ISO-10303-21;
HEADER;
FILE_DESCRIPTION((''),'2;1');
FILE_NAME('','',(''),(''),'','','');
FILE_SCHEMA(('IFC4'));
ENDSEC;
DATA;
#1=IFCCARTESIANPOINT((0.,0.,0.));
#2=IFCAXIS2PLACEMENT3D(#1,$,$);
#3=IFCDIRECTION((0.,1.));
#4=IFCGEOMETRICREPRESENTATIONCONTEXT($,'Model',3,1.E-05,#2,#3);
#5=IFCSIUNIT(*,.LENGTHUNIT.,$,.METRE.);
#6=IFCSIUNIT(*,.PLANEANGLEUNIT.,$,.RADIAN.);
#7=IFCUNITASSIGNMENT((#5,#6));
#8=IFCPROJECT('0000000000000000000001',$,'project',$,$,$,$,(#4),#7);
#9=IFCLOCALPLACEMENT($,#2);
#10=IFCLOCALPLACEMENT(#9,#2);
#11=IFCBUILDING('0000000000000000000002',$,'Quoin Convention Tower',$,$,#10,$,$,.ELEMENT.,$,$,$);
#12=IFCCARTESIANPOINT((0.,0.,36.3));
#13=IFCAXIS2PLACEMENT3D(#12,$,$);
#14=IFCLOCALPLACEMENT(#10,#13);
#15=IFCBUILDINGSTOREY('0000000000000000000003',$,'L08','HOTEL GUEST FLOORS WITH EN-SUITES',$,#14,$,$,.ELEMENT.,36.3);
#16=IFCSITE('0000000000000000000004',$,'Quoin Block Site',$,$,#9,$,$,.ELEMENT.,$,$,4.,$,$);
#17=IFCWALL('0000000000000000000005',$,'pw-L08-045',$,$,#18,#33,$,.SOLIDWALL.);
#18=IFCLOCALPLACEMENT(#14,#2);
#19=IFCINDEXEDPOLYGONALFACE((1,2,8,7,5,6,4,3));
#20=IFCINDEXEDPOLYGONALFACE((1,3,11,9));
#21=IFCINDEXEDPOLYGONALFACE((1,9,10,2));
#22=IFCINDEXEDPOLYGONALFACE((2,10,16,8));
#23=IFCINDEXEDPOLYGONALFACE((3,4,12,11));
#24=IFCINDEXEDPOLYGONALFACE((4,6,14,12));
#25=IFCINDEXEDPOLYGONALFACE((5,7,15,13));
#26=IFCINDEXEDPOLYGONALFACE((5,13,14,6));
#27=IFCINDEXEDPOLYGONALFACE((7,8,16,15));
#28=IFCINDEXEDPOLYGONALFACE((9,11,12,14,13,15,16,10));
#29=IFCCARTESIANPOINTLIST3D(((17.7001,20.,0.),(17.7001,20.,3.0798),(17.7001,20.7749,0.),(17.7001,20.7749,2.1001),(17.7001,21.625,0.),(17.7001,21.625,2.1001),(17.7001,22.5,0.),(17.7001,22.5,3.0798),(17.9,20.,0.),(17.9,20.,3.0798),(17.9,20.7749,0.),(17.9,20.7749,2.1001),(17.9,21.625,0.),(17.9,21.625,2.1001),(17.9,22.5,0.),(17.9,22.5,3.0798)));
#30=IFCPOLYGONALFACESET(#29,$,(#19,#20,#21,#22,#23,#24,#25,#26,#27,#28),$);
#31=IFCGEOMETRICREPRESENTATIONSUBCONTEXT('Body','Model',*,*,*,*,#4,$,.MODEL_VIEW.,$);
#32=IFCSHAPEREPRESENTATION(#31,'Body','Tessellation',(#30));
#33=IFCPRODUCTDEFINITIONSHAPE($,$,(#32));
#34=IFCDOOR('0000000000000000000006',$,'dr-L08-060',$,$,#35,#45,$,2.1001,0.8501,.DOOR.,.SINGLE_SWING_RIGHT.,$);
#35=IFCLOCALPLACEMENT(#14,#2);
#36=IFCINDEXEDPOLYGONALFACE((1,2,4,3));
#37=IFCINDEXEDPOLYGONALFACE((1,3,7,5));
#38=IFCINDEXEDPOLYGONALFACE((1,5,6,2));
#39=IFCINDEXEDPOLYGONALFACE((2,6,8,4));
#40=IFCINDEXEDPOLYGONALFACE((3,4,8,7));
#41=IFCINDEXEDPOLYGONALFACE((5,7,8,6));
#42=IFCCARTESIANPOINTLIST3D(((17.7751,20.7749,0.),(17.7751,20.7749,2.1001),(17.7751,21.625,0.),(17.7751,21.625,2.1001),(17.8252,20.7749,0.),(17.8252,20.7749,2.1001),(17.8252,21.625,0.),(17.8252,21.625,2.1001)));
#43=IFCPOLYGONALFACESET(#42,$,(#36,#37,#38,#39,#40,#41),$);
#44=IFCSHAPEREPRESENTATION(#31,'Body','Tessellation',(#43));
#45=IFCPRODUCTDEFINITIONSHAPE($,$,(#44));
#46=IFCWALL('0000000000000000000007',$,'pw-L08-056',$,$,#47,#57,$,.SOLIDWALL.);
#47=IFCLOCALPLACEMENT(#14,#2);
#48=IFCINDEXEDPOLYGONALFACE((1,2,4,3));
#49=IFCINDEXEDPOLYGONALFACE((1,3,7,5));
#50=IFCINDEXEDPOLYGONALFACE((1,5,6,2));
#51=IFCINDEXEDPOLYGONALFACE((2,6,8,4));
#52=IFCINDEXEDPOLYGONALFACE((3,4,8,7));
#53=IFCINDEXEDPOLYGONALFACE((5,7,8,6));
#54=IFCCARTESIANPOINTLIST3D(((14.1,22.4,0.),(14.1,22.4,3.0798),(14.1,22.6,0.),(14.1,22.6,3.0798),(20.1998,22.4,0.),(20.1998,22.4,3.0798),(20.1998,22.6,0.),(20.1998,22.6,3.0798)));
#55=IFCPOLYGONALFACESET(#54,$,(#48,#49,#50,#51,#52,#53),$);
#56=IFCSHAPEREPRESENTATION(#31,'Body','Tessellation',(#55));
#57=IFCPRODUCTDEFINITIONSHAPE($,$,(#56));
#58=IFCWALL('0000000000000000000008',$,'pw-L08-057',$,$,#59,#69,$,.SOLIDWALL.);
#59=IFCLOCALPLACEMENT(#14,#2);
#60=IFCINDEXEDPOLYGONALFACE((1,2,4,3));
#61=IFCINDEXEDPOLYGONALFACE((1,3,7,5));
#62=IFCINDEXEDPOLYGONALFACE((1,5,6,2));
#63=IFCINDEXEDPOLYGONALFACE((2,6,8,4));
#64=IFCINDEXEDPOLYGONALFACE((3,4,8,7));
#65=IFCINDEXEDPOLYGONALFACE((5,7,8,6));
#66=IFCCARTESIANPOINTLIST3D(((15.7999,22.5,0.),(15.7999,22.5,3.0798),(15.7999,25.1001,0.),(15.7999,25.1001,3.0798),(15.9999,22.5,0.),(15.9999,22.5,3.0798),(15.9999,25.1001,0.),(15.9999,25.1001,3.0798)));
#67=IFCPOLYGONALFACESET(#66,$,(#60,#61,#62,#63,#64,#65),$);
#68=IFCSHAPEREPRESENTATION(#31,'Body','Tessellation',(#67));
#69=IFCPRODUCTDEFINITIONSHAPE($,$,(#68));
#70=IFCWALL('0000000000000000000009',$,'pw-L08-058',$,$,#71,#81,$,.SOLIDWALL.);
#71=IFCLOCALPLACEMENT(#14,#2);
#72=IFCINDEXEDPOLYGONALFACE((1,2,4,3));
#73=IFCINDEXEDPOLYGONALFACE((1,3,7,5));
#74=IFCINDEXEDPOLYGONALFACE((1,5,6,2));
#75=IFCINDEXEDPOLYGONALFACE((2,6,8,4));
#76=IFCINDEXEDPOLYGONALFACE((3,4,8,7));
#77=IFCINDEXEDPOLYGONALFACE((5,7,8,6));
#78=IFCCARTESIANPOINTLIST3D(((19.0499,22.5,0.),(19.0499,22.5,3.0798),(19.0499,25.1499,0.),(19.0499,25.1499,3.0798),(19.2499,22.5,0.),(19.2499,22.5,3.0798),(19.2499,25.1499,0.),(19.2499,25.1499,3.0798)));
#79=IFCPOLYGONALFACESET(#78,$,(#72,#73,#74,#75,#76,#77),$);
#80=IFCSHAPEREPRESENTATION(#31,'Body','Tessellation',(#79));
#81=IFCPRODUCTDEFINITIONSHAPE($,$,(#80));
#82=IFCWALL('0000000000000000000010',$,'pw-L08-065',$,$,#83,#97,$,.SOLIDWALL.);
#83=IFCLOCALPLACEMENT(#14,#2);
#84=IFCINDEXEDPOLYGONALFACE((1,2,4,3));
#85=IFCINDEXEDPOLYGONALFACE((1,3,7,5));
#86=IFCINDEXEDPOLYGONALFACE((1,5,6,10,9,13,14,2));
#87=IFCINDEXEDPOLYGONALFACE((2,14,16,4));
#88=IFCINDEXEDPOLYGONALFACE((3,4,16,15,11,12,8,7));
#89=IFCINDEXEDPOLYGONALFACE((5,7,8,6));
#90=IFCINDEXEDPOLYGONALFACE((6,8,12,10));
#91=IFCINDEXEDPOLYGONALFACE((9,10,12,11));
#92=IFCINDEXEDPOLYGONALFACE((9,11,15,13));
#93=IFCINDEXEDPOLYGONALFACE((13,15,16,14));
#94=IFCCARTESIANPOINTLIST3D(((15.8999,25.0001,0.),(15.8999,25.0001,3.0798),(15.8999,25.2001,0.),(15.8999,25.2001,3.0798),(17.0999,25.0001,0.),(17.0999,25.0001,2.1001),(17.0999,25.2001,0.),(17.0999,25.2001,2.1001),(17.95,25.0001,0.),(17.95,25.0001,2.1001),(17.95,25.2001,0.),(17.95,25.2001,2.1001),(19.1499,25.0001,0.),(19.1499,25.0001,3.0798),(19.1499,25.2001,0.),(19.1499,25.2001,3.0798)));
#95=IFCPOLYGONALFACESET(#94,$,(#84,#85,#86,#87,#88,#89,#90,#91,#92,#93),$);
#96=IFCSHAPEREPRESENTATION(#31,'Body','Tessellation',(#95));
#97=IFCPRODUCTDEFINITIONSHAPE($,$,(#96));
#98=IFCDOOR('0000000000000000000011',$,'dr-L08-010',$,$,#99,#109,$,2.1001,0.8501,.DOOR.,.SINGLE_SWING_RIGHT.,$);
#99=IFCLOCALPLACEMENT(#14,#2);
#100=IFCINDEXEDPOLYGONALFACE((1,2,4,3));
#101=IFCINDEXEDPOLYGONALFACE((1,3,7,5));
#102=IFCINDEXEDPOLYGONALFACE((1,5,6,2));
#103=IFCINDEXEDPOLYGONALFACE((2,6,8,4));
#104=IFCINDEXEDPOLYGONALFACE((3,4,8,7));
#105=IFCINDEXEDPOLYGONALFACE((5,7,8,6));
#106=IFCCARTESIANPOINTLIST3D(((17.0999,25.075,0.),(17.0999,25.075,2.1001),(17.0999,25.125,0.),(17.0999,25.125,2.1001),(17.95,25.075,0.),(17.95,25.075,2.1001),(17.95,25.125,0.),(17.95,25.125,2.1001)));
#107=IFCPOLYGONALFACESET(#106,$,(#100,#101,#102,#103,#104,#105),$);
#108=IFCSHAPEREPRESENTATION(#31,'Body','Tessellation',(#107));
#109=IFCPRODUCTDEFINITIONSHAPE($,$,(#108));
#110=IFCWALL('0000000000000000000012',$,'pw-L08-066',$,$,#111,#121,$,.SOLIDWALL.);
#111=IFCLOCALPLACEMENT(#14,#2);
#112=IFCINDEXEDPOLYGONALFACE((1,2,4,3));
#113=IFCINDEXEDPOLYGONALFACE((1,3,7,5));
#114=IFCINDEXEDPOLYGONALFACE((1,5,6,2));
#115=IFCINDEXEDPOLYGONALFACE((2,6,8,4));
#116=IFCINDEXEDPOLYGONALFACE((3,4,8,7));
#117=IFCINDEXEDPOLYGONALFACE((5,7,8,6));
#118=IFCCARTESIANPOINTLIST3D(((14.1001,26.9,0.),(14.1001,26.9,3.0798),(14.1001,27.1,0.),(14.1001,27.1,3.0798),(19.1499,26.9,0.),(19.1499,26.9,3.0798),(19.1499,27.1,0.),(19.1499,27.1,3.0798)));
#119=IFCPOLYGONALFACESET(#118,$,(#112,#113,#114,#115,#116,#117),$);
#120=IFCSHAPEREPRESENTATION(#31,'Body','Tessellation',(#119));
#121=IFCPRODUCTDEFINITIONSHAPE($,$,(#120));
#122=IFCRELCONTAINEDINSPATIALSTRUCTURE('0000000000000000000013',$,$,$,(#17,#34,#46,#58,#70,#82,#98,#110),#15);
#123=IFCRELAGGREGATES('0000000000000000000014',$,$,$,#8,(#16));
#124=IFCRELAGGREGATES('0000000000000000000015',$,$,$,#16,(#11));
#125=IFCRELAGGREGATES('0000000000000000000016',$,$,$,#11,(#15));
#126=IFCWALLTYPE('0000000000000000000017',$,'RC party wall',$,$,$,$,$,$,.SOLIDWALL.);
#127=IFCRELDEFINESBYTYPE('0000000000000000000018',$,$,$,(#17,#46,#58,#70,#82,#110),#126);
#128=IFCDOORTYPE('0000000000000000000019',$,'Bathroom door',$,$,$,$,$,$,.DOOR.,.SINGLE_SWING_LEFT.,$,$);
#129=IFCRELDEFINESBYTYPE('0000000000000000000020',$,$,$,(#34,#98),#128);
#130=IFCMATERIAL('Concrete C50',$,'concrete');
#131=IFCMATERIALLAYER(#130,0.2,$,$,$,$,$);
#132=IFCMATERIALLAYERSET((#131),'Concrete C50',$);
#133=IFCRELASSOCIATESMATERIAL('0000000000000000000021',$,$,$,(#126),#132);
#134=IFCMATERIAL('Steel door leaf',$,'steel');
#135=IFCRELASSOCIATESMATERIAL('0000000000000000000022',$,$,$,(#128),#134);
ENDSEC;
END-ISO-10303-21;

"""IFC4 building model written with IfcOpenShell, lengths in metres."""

from ifc_helpers import new_model, si_unit, direction, frame, frame_2d, origin, place, context, subcontext, project, spatial, rectangle, extrude, material, layer, layer_set, type_object, element, fill, save


model = new_model("IFC4")

# Units and contexts
model_context = context("Model", 3, precision=1e-05, world=origin(), true_north=direction((0.0, 1.0)))
body_context = subcontext(model_context, "Body", "Model", "MODEL_VIEW")
ifc_project = project(units=[si_unit("LENGTHUNIT", "METRE"), si_unit("PLANEANGLEUNIT", "RADIAN")], contexts=[model_context])

# Site, building, storey
site_placement = place(None, origin())
site = spatial("IfcSite", under=ifc_project, at=site_placement, Name="Quoin Block Site", CompositionType="ELEMENT", RefElevation=4.0)
building_placement = place(site_placement, origin())
building = spatial("IfcBuilding", under=site, at=building_placement, Name="Quoin Convention Tower", CompositionType="ELEMENT")
storey_placement = place(building_placement, frame((0.0, 0.0, 36.3)))
storey = spatial("IfcBuildingStorey", under=building, at=storey_placement, Name="L08", Description="HOTEL GUEST FLOORS WITH EN-SUITES", CompositionType="ELEMENT", Elevation=36.3)

# Shared definitions
ifc_material_1 = material(Name="Concrete C50", Category="concrete")

# Shared definitions
ifc_layer_1 = layer(ifc_material_1, 0.2)
ifc_layer_set_1 = layer_set([ifc_layer_1], Name="Concrete C50")
wall_type_1 = type_object("IfcWallType", Name="RC party wall", PredefinedType="SOLIDWALL", material=ifc_layer_set_1)

# Wall, opening, door
wall_1_placement = place(storey_placement, frame((17.8, 20.0, 0.0), z_axis=(0.0, 0.0, 1.0), x_axis=(0.0, 1.0, 0.0)))
wall_1 = element("IfcWall", 1, at=wall_1_placement, inside=storey, type_object=wall_type_1, Name="pw-L08-045", PredefinedType="SOLIDWALL", context=body_context, shape_type="SweptSolid", body=[
    extrude(rectangle(XDim=2.5, YDim=0.2, at=frame_2d((1.25, 0.0))), origin(), (0.0, 0.0, 1.0), 3.0798),
])
opening_1_placement = place(wall_1_placement, frame((0.7749, 0.0, 0.0)))
opening_1 = element("IfcOpeningElement", 2, at=opening_1_placement, cuts=wall_1, PredefinedType="OPENING", context=body_context, shape_type="SweptSolid", body=[
    extrude(rectangle(XDim=0.8501, YDim=2.1001, at=frame_2d((0.425, 1.05))), frame((0.0, 0.1099, 0.0), z_axis=(0.0, -1.0, 0.0), x_axis=(1.0, 0.0, 0.0)), (0.0, 0.0, 1.0), 0.22),
])
ifc_material_2 = material(Name="Steel door leaf", Category="steel")
door_type = type_object("IfcDoorType", Name="Bathroom door", OperationType="SINGLE_SWING_LEFT", PredefinedType="DOOR", material=ifc_material_2)
door_1_placement = place(opening_1_placement, origin())
door_1 = element("IfcDoor", 3, at=door_1_placement, inside=storey, type_object=door_type, Name="dr-L08-060", OperationType="SINGLE_SWING_RIGHT", OverallHeight=2.1001, OverallWidth=0.8501, PredefinedType="DOOR", context=body_context, shape_type="SweptSolid", body=[
    extrude(rectangle(XDim=0.8501, YDim=2.1001, at=frame_2d((0.425, 1.05))), frame((0.0, 0.0249, 0.0), z_axis=(0.0, -1.0, 0.0), x_axis=(1.0, 0.0, 0.0)), (0.0, 0.0, 1.0), 0.05),
])
fill(opening_1, door_1)

# Walls
wall_2_placement = place(storey_placement, frame((14.1001, 22.5, 0.0), z_axis=(0.0, 0.0, 1.0), x_axis=(1.0, 0.0, 0.0)))
element("IfcWall", 4, at=wall_2_placement, inside=storey, type_object=wall_type_1, Name="pw-L08-056", PredefinedType="SOLIDWALL", context=body_context, shape_type="SweptSolid", body=[
    extrude(rectangle(XDim=6.0999, YDim=0.2, at=frame_2d((3.0498, 0.0))), origin(), (0.0, 0.0, 1.0), 3.0798),
])
wall_3_placement = place(storey_placement, frame((15.8999, 22.5, 0.0), z_axis=(0.0, 0.0, 1.0), x_axis=(0.0, 1.0, 0.0)))
element("IfcWall", 5, at=wall_3_placement, inside=storey, type_object=wall_type_1, Name="pw-L08-057", PredefinedType="SOLIDWALL", context=body_context, shape_type="SweptSolid", body=[
    extrude(rectangle(XDim=2.6001, YDim=0.2, at=frame_2d((1.3, 0.0))), origin(), (0.0, 0.0, 1.0), 3.0798),
])
wall_4_placement = place(storey_placement, frame((19.1499, 22.5, 0.0), z_axis=(0.0, 0.0, 1.0), x_axis=(0.0, 1.0, 0.0)))
element("IfcWall", 6, at=wall_4_placement, inside=storey, type_object=wall_type_1, Name="pw-L08-058", PredefinedType="SOLIDWALL", context=body_context, shape_type="SweptSolid", body=[
    extrude(rectangle(XDim=2.6499, YDim=0.2, at=frame_2d((1.325, 0.0))), origin(), (0.0, 0.0, 1.0), 3.0798),
])

# Wall, opening, door
wall_5_placement = place(storey_placement, frame((15.8999, 25.1001, 0.0), z_axis=(0.0, 0.0, 1.0), x_axis=(1.0, 0.0, 0.0)))
wall_5 = element("IfcWall", 7, at=wall_5_placement, inside=storey, type_object=wall_type_1, Name="pw-L08-065", PredefinedType="SOLIDWALL", context=body_context, shape_type="SweptSolid", body=[
    extrude(rectangle(XDim=3.25, YDim=0.2, at=frame_2d((1.625, 0.0))), origin(), (0.0, 0.0, 1.0), 3.0798),
])
opening_2_placement = place(wall_5_placement, frame((1.2, 0.0, 0.0)))
opening_2 = element("IfcOpeningElement", 8, at=opening_2_placement, cuts=wall_5, PredefinedType="OPENING", context=body_context, shape_type="SweptSolid", body=[
    extrude(rectangle(XDim=0.8501, YDim=2.1001, at=frame_2d((0.425, 1.05))), frame((0.0, 0.1099, 0.0), z_axis=(0.0, -1.0, 0.0), x_axis=(1.0, 0.0, 0.0)), (0.0, 0.0, 1.0), 0.22),
])
door_2_placement = place(opening_2_placement, origin())
door_2 = element("IfcDoor", 9, at=door_2_placement, inside=storey, type_object=door_type, Name="dr-L08-010", OperationType="SINGLE_SWING_RIGHT", OverallHeight=2.1001, OverallWidth=0.8501, PredefinedType="DOOR", context=body_context, shape_type="SweptSolid", body=[
    extrude(rectangle(XDim=0.8501, YDim=2.1001, at=frame_2d((0.425, 1.05))), frame((0.0, 0.0249, 0.0), z_axis=(0.0, -1.0, 0.0), x_axis=(1.0, 0.0, 0.0)), (0.0, 0.0, 1.0), 0.05),
])
fill(opening_2, door_2)

# Wall
wall_6_placement = place(storey_placement, frame((14.1001, 27.0, 0.0), z_axis=(0.0, 0.0, 1.0), x_axis=(1.0, 0.0, 0.0)))
element("IfcWall", 10, at=wall_6_placement, inside=storey, type_object=wall_type_1, Name="pw-L08-066", PredefinedType="SOLIDWALL", context=body_context, shape_type="SweptSolid", body=[
    extrude(rectangle(XDim=5.0498, YDim=0.2, at=frame_2d((2.5249, 0.0))), origin(), (0.0, 0.0, 1.0), 3.0798),
])

save(model, "model.ifc")
